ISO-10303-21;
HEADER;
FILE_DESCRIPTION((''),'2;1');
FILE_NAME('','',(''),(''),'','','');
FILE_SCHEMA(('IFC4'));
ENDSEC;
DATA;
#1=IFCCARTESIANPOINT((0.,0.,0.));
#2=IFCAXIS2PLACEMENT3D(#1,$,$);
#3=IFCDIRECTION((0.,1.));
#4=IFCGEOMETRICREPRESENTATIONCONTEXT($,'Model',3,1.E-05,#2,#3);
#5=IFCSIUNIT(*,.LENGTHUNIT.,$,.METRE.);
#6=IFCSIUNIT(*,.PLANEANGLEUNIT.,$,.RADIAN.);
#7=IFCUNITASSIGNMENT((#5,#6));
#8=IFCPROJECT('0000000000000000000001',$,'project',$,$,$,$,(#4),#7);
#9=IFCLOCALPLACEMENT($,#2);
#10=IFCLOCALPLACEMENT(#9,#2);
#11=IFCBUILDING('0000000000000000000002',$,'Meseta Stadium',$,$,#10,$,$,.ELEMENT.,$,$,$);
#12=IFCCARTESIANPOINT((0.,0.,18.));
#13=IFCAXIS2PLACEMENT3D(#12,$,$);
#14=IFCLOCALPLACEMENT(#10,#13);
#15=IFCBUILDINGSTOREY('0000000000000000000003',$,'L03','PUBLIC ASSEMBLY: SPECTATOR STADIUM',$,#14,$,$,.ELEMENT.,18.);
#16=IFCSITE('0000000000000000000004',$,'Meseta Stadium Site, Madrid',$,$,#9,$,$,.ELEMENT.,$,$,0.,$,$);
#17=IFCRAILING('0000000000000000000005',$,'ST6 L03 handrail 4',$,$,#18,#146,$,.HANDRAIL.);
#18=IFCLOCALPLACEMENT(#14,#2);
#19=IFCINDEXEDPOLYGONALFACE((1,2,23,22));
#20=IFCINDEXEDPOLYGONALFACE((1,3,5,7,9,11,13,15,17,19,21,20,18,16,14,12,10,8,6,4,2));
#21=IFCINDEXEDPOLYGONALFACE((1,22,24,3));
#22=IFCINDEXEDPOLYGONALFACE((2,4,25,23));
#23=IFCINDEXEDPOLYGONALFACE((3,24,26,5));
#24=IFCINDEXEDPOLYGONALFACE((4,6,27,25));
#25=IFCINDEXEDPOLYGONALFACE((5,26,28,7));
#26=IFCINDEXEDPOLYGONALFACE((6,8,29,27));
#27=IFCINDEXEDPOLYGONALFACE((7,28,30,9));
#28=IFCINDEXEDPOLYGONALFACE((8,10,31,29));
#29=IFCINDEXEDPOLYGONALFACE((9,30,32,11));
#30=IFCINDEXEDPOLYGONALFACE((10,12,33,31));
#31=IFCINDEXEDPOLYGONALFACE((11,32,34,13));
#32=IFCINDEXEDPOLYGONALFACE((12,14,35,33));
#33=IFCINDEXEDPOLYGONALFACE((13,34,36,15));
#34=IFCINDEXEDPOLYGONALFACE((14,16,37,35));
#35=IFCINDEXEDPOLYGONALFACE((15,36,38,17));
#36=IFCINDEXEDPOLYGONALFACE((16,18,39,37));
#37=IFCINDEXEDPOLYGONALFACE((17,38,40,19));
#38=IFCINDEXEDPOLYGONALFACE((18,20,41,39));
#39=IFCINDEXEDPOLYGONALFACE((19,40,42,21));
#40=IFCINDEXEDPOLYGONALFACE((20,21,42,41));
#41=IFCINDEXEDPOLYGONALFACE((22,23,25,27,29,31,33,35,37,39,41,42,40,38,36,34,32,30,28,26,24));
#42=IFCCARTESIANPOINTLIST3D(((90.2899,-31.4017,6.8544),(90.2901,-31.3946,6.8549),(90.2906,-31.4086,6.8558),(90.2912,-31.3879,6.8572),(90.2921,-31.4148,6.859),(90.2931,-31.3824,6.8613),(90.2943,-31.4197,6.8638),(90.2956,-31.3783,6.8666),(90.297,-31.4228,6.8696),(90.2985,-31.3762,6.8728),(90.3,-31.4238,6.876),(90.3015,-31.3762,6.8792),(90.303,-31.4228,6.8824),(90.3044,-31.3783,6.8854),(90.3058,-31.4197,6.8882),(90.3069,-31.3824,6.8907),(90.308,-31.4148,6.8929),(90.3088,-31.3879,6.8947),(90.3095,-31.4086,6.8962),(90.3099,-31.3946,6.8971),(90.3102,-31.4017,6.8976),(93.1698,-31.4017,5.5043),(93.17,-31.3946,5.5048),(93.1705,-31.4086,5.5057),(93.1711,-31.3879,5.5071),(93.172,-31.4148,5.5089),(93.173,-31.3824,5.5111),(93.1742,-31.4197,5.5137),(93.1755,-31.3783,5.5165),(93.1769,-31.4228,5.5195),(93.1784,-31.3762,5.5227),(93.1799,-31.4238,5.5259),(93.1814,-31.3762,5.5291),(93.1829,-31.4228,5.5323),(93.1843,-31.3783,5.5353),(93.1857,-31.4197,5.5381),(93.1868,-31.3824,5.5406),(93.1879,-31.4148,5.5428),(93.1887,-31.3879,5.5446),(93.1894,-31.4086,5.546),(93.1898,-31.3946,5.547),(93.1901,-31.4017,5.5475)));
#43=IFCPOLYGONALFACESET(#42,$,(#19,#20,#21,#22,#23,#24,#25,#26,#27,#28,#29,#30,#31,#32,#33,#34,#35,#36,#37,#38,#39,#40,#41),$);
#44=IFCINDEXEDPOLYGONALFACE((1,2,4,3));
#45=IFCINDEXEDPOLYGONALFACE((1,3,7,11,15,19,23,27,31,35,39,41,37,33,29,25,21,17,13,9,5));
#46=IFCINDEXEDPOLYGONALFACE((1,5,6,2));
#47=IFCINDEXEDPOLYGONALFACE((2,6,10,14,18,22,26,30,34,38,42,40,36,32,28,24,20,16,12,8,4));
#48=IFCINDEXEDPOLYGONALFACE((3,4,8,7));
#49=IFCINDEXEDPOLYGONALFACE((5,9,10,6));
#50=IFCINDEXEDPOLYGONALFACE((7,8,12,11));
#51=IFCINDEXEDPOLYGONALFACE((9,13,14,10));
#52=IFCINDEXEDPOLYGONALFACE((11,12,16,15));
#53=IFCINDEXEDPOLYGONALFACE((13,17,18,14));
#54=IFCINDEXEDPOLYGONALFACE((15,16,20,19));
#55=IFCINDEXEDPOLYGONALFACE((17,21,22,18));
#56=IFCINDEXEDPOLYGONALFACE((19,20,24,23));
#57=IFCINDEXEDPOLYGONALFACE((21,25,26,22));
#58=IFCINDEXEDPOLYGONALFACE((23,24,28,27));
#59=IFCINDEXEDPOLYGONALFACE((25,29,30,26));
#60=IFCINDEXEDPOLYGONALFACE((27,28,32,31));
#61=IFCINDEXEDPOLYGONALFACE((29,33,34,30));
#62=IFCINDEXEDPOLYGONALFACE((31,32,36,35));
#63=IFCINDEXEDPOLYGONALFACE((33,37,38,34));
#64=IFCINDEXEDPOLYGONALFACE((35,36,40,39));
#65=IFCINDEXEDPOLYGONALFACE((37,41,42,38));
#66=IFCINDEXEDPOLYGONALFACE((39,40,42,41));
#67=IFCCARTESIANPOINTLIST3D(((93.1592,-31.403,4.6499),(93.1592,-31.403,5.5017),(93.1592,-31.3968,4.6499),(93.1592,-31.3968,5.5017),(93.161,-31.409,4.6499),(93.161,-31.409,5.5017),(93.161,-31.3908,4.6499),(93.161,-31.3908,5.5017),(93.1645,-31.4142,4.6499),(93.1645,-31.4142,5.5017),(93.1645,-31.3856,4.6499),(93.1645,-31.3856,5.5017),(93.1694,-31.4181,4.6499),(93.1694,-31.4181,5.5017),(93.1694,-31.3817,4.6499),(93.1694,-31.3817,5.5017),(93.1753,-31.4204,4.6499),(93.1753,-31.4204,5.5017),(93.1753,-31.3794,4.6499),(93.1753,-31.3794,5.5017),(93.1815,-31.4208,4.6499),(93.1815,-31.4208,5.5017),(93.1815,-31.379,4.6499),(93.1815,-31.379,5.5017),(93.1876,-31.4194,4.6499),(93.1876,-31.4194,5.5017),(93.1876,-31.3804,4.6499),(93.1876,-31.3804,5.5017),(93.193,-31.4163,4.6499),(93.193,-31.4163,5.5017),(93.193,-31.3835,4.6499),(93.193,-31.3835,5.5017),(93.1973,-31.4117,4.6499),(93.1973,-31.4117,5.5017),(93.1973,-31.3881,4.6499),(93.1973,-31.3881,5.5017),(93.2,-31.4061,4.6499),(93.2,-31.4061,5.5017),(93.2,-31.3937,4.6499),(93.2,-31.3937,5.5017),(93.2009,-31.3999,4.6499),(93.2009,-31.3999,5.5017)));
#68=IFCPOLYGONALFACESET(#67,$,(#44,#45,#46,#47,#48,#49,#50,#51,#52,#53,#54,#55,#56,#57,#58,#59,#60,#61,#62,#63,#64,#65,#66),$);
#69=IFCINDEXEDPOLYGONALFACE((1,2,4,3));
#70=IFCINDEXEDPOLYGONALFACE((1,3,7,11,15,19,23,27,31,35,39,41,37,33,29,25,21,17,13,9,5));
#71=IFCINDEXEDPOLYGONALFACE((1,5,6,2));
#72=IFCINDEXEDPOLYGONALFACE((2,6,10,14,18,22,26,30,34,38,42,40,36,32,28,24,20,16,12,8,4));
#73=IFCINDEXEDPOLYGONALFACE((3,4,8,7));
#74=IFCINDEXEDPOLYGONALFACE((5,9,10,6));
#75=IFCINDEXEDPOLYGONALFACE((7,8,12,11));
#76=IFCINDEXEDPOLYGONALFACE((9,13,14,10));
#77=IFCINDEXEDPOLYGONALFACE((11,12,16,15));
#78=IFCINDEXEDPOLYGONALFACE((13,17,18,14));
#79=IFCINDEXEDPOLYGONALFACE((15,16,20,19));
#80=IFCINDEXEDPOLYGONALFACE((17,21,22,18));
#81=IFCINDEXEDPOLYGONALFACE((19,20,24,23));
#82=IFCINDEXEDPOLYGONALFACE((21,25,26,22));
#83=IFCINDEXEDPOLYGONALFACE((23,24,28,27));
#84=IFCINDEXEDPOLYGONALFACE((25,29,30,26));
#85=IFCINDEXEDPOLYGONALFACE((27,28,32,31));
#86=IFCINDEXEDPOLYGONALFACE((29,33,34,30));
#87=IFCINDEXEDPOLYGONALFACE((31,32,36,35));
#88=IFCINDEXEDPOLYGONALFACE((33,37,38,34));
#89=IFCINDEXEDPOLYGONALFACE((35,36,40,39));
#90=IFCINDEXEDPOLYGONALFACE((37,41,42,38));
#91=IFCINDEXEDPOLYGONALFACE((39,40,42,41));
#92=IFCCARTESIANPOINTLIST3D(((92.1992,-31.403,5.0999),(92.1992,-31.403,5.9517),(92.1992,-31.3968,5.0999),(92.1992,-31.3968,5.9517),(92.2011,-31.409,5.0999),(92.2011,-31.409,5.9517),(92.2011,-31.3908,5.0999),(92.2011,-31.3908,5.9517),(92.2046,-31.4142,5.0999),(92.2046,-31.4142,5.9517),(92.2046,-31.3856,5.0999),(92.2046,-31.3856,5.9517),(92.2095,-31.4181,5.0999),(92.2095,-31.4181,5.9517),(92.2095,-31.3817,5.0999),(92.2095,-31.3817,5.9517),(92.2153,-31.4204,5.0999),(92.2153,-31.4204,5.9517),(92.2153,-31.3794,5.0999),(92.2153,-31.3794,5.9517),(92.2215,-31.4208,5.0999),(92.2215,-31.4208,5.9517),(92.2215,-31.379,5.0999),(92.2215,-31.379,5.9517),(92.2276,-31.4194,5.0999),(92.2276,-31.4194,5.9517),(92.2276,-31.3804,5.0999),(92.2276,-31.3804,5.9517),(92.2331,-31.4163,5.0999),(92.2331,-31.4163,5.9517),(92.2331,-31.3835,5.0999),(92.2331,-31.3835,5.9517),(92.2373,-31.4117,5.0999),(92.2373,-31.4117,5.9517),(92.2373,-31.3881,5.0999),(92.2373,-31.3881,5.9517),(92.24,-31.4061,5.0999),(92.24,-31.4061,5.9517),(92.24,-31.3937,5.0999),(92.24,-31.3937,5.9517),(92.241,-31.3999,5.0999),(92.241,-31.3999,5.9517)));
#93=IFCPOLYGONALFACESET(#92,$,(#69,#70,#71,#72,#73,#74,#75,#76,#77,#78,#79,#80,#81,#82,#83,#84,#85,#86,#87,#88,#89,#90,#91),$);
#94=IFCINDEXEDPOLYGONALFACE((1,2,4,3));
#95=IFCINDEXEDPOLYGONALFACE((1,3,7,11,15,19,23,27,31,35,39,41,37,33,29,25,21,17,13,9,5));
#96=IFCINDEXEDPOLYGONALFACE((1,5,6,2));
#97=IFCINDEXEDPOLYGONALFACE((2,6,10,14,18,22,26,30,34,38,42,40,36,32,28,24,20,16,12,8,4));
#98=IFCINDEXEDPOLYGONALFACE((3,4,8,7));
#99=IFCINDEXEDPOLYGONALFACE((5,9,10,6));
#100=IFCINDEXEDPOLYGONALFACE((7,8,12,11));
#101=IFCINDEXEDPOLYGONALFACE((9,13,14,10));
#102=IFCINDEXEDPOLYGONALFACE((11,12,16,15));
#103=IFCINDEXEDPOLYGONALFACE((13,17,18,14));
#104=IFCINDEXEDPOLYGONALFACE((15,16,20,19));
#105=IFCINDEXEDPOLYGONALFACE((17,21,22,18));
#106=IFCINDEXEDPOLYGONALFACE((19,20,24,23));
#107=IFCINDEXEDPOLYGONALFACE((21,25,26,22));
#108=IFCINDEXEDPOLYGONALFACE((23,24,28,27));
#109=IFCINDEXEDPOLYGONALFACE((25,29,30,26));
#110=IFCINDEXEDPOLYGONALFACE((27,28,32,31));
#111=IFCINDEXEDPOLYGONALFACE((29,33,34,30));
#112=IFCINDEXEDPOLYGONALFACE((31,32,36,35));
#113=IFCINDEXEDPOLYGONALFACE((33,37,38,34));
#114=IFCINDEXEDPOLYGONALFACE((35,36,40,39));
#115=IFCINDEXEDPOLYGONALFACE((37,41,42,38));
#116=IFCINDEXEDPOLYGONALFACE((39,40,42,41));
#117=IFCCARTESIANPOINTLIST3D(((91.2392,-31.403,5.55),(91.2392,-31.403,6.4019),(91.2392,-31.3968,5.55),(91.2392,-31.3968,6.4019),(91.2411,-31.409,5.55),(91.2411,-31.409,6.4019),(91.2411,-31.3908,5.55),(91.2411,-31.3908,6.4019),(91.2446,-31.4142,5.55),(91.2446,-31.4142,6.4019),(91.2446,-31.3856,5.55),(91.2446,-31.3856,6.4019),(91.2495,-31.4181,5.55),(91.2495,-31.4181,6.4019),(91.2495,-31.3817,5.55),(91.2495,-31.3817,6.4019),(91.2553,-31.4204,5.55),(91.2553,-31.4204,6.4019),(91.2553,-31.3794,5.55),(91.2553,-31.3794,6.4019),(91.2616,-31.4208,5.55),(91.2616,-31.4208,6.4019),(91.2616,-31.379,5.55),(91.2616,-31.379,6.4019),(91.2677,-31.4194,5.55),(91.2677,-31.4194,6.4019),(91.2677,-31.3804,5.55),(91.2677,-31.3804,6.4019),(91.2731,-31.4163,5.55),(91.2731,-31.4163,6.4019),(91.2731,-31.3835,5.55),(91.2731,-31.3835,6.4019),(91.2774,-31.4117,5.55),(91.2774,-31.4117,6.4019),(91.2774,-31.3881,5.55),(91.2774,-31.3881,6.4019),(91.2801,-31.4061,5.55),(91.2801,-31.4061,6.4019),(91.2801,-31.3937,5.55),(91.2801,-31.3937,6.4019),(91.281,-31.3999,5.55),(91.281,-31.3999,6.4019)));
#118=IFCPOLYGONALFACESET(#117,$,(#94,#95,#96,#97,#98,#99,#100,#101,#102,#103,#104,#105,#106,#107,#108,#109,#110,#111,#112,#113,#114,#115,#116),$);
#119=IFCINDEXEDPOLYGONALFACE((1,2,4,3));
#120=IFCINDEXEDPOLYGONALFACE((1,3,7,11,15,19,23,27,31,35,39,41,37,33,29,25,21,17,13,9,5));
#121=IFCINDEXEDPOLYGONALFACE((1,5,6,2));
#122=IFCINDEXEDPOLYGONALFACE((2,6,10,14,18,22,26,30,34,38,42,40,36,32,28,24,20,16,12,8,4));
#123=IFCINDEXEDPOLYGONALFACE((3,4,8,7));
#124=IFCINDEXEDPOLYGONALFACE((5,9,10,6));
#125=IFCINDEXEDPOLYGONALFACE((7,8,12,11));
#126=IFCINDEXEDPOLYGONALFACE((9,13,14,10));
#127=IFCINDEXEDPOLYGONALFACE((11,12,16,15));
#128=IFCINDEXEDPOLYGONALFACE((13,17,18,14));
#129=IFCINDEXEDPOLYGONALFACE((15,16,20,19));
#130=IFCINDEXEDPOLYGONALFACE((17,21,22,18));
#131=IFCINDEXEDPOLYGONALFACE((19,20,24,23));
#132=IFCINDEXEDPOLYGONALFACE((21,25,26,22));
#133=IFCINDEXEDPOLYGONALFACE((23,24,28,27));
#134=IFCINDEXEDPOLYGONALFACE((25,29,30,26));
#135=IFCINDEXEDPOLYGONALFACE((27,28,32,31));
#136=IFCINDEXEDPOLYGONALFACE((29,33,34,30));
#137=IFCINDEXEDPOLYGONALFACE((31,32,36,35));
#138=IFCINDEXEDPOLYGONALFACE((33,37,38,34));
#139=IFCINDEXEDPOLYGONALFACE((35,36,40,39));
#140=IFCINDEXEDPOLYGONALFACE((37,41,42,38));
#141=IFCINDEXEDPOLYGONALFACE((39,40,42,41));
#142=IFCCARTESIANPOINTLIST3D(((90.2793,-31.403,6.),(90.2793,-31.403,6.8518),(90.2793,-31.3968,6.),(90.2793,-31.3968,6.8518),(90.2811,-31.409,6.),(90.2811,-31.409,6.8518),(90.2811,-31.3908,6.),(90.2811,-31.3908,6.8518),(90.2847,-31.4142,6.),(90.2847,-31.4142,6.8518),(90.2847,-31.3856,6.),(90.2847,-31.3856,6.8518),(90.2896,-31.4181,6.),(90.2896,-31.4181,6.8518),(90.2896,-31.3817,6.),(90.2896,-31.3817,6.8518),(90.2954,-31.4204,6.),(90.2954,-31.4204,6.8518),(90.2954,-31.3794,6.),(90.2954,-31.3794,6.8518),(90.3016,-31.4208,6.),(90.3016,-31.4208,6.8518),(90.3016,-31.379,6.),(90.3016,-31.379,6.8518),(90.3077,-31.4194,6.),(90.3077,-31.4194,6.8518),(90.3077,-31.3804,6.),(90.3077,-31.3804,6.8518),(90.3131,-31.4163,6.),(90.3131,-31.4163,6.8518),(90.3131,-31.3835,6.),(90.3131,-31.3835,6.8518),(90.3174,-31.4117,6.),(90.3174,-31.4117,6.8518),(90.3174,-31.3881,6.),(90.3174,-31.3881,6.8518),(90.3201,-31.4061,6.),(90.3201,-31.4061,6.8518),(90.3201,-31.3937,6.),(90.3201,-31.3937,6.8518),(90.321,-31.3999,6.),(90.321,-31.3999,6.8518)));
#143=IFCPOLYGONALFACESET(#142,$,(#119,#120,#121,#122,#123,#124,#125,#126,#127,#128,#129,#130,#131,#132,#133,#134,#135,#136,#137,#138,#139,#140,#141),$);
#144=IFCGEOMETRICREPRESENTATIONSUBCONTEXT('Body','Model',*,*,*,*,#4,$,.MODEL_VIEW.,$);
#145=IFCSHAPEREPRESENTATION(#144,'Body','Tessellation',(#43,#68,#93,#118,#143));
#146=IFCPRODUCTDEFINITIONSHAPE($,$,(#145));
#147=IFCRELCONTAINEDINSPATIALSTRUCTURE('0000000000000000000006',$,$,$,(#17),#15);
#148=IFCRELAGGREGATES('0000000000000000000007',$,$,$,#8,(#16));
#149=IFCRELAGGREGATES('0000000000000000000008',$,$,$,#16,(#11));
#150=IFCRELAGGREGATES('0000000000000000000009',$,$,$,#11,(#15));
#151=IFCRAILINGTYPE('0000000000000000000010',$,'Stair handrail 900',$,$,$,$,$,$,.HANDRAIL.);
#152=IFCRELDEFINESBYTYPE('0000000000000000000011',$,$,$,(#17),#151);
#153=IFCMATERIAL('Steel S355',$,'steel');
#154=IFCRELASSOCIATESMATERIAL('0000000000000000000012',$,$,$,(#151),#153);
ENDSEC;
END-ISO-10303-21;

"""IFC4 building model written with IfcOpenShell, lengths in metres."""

from ifc_helpers import new_model, si_unit, direction, frame, origin, origin_2d, place, context, subcontext, project, spatial, circle, extrude, material, type_object, element, save


model = new_model("IFC4")

# Units and contexts
model_context = context("Model", 3, precision=1e-05, world=origin(), true_north=direction((0.0, 1.0)))
body_context = subcontext(model_context, "Body", "Model", "MODEL_VIEW")
ifc_project = project(units=[si_unit("LENGTHUNIT", "METRE"), si_unit("PLANEANGLEUNIT", "RADIAN")], contexts=[model_context])

# Site, building, storey
site_placement = place(None, origin())
site = spatial("IfcSite", under=ifc_project, at=site_placement, Name="Meseta Stadium Site, Madrid", CompositionType="ELEMENT", RefElevation=0.0)
building_placement = place(site_placement, origin())
building = spatial("IfcBuilding", under=site, at=building_placement, Name="Meseta Stadium", CompositionType="ELEMENT")
storey_placement = place(building_placement, frame((0.0, 0.0, 18.0)))
storey = spatial("IfcBuildingStorey", under=building, at=storey_placement, Name="L03", Description="PUBLIC ASSEMBLY: SPECTATOR STADIUM", CompositionType="ELEMENT", Elevation=18.0)

# Railing
ifc_material_1 = material(Name="Steel S355", Category="steel")
railing_type_1 = type_object("IfcRailingType", Name="Stair handrail 900", PredefinedType="HANDRAIL", material=ifc_material_1)
for number, where, name in (
    (1, (93.1799, -31.3999, 4.6499), "ST6 L03 handrail 4"),
):
    element("IfcRailing", number, at=place(storey_placement, frame(where)), inside=storey, type_object=railing_type_1, Name=name, PredefinedType="HANDRAIL", context=body_context, shape_type="SweptSolid", body=[
        extrude(circle(Radius=0.0239, at=origin_2d()), frame((0.0, 0.0, 0.876), z_axis=(-0.90544, 0.0, 0.424473), x_axis=(0.0, -1.0, 0.0)), (0.0, 0.0, 1.0), 3.1807),
        extrude(circle(Radius=0.021, at=origin_2d()), origin(), (0.0, 0.0, 1.0), 0.8518),
        extrude(circle(Radius=0.021, at=origin_2d()), frame((-0.96, 0.0, 0.45)), (0.0, 0.0, 1.0), 0.8518),
        extrude(circle(Radius=0.021, at=origin_2d()), frame((-1.9199, 0.0, 0.9001)), (0.0, 0.0, 1.0), 0.8518),
        extrude(circle(Radius=0.021, at=origin_2d()), frame((-2.8799, 0.0, 1.3501)), (0.0, 0.0, 1.0), 0.8518),
    ])

save(model, "model.ifc")
